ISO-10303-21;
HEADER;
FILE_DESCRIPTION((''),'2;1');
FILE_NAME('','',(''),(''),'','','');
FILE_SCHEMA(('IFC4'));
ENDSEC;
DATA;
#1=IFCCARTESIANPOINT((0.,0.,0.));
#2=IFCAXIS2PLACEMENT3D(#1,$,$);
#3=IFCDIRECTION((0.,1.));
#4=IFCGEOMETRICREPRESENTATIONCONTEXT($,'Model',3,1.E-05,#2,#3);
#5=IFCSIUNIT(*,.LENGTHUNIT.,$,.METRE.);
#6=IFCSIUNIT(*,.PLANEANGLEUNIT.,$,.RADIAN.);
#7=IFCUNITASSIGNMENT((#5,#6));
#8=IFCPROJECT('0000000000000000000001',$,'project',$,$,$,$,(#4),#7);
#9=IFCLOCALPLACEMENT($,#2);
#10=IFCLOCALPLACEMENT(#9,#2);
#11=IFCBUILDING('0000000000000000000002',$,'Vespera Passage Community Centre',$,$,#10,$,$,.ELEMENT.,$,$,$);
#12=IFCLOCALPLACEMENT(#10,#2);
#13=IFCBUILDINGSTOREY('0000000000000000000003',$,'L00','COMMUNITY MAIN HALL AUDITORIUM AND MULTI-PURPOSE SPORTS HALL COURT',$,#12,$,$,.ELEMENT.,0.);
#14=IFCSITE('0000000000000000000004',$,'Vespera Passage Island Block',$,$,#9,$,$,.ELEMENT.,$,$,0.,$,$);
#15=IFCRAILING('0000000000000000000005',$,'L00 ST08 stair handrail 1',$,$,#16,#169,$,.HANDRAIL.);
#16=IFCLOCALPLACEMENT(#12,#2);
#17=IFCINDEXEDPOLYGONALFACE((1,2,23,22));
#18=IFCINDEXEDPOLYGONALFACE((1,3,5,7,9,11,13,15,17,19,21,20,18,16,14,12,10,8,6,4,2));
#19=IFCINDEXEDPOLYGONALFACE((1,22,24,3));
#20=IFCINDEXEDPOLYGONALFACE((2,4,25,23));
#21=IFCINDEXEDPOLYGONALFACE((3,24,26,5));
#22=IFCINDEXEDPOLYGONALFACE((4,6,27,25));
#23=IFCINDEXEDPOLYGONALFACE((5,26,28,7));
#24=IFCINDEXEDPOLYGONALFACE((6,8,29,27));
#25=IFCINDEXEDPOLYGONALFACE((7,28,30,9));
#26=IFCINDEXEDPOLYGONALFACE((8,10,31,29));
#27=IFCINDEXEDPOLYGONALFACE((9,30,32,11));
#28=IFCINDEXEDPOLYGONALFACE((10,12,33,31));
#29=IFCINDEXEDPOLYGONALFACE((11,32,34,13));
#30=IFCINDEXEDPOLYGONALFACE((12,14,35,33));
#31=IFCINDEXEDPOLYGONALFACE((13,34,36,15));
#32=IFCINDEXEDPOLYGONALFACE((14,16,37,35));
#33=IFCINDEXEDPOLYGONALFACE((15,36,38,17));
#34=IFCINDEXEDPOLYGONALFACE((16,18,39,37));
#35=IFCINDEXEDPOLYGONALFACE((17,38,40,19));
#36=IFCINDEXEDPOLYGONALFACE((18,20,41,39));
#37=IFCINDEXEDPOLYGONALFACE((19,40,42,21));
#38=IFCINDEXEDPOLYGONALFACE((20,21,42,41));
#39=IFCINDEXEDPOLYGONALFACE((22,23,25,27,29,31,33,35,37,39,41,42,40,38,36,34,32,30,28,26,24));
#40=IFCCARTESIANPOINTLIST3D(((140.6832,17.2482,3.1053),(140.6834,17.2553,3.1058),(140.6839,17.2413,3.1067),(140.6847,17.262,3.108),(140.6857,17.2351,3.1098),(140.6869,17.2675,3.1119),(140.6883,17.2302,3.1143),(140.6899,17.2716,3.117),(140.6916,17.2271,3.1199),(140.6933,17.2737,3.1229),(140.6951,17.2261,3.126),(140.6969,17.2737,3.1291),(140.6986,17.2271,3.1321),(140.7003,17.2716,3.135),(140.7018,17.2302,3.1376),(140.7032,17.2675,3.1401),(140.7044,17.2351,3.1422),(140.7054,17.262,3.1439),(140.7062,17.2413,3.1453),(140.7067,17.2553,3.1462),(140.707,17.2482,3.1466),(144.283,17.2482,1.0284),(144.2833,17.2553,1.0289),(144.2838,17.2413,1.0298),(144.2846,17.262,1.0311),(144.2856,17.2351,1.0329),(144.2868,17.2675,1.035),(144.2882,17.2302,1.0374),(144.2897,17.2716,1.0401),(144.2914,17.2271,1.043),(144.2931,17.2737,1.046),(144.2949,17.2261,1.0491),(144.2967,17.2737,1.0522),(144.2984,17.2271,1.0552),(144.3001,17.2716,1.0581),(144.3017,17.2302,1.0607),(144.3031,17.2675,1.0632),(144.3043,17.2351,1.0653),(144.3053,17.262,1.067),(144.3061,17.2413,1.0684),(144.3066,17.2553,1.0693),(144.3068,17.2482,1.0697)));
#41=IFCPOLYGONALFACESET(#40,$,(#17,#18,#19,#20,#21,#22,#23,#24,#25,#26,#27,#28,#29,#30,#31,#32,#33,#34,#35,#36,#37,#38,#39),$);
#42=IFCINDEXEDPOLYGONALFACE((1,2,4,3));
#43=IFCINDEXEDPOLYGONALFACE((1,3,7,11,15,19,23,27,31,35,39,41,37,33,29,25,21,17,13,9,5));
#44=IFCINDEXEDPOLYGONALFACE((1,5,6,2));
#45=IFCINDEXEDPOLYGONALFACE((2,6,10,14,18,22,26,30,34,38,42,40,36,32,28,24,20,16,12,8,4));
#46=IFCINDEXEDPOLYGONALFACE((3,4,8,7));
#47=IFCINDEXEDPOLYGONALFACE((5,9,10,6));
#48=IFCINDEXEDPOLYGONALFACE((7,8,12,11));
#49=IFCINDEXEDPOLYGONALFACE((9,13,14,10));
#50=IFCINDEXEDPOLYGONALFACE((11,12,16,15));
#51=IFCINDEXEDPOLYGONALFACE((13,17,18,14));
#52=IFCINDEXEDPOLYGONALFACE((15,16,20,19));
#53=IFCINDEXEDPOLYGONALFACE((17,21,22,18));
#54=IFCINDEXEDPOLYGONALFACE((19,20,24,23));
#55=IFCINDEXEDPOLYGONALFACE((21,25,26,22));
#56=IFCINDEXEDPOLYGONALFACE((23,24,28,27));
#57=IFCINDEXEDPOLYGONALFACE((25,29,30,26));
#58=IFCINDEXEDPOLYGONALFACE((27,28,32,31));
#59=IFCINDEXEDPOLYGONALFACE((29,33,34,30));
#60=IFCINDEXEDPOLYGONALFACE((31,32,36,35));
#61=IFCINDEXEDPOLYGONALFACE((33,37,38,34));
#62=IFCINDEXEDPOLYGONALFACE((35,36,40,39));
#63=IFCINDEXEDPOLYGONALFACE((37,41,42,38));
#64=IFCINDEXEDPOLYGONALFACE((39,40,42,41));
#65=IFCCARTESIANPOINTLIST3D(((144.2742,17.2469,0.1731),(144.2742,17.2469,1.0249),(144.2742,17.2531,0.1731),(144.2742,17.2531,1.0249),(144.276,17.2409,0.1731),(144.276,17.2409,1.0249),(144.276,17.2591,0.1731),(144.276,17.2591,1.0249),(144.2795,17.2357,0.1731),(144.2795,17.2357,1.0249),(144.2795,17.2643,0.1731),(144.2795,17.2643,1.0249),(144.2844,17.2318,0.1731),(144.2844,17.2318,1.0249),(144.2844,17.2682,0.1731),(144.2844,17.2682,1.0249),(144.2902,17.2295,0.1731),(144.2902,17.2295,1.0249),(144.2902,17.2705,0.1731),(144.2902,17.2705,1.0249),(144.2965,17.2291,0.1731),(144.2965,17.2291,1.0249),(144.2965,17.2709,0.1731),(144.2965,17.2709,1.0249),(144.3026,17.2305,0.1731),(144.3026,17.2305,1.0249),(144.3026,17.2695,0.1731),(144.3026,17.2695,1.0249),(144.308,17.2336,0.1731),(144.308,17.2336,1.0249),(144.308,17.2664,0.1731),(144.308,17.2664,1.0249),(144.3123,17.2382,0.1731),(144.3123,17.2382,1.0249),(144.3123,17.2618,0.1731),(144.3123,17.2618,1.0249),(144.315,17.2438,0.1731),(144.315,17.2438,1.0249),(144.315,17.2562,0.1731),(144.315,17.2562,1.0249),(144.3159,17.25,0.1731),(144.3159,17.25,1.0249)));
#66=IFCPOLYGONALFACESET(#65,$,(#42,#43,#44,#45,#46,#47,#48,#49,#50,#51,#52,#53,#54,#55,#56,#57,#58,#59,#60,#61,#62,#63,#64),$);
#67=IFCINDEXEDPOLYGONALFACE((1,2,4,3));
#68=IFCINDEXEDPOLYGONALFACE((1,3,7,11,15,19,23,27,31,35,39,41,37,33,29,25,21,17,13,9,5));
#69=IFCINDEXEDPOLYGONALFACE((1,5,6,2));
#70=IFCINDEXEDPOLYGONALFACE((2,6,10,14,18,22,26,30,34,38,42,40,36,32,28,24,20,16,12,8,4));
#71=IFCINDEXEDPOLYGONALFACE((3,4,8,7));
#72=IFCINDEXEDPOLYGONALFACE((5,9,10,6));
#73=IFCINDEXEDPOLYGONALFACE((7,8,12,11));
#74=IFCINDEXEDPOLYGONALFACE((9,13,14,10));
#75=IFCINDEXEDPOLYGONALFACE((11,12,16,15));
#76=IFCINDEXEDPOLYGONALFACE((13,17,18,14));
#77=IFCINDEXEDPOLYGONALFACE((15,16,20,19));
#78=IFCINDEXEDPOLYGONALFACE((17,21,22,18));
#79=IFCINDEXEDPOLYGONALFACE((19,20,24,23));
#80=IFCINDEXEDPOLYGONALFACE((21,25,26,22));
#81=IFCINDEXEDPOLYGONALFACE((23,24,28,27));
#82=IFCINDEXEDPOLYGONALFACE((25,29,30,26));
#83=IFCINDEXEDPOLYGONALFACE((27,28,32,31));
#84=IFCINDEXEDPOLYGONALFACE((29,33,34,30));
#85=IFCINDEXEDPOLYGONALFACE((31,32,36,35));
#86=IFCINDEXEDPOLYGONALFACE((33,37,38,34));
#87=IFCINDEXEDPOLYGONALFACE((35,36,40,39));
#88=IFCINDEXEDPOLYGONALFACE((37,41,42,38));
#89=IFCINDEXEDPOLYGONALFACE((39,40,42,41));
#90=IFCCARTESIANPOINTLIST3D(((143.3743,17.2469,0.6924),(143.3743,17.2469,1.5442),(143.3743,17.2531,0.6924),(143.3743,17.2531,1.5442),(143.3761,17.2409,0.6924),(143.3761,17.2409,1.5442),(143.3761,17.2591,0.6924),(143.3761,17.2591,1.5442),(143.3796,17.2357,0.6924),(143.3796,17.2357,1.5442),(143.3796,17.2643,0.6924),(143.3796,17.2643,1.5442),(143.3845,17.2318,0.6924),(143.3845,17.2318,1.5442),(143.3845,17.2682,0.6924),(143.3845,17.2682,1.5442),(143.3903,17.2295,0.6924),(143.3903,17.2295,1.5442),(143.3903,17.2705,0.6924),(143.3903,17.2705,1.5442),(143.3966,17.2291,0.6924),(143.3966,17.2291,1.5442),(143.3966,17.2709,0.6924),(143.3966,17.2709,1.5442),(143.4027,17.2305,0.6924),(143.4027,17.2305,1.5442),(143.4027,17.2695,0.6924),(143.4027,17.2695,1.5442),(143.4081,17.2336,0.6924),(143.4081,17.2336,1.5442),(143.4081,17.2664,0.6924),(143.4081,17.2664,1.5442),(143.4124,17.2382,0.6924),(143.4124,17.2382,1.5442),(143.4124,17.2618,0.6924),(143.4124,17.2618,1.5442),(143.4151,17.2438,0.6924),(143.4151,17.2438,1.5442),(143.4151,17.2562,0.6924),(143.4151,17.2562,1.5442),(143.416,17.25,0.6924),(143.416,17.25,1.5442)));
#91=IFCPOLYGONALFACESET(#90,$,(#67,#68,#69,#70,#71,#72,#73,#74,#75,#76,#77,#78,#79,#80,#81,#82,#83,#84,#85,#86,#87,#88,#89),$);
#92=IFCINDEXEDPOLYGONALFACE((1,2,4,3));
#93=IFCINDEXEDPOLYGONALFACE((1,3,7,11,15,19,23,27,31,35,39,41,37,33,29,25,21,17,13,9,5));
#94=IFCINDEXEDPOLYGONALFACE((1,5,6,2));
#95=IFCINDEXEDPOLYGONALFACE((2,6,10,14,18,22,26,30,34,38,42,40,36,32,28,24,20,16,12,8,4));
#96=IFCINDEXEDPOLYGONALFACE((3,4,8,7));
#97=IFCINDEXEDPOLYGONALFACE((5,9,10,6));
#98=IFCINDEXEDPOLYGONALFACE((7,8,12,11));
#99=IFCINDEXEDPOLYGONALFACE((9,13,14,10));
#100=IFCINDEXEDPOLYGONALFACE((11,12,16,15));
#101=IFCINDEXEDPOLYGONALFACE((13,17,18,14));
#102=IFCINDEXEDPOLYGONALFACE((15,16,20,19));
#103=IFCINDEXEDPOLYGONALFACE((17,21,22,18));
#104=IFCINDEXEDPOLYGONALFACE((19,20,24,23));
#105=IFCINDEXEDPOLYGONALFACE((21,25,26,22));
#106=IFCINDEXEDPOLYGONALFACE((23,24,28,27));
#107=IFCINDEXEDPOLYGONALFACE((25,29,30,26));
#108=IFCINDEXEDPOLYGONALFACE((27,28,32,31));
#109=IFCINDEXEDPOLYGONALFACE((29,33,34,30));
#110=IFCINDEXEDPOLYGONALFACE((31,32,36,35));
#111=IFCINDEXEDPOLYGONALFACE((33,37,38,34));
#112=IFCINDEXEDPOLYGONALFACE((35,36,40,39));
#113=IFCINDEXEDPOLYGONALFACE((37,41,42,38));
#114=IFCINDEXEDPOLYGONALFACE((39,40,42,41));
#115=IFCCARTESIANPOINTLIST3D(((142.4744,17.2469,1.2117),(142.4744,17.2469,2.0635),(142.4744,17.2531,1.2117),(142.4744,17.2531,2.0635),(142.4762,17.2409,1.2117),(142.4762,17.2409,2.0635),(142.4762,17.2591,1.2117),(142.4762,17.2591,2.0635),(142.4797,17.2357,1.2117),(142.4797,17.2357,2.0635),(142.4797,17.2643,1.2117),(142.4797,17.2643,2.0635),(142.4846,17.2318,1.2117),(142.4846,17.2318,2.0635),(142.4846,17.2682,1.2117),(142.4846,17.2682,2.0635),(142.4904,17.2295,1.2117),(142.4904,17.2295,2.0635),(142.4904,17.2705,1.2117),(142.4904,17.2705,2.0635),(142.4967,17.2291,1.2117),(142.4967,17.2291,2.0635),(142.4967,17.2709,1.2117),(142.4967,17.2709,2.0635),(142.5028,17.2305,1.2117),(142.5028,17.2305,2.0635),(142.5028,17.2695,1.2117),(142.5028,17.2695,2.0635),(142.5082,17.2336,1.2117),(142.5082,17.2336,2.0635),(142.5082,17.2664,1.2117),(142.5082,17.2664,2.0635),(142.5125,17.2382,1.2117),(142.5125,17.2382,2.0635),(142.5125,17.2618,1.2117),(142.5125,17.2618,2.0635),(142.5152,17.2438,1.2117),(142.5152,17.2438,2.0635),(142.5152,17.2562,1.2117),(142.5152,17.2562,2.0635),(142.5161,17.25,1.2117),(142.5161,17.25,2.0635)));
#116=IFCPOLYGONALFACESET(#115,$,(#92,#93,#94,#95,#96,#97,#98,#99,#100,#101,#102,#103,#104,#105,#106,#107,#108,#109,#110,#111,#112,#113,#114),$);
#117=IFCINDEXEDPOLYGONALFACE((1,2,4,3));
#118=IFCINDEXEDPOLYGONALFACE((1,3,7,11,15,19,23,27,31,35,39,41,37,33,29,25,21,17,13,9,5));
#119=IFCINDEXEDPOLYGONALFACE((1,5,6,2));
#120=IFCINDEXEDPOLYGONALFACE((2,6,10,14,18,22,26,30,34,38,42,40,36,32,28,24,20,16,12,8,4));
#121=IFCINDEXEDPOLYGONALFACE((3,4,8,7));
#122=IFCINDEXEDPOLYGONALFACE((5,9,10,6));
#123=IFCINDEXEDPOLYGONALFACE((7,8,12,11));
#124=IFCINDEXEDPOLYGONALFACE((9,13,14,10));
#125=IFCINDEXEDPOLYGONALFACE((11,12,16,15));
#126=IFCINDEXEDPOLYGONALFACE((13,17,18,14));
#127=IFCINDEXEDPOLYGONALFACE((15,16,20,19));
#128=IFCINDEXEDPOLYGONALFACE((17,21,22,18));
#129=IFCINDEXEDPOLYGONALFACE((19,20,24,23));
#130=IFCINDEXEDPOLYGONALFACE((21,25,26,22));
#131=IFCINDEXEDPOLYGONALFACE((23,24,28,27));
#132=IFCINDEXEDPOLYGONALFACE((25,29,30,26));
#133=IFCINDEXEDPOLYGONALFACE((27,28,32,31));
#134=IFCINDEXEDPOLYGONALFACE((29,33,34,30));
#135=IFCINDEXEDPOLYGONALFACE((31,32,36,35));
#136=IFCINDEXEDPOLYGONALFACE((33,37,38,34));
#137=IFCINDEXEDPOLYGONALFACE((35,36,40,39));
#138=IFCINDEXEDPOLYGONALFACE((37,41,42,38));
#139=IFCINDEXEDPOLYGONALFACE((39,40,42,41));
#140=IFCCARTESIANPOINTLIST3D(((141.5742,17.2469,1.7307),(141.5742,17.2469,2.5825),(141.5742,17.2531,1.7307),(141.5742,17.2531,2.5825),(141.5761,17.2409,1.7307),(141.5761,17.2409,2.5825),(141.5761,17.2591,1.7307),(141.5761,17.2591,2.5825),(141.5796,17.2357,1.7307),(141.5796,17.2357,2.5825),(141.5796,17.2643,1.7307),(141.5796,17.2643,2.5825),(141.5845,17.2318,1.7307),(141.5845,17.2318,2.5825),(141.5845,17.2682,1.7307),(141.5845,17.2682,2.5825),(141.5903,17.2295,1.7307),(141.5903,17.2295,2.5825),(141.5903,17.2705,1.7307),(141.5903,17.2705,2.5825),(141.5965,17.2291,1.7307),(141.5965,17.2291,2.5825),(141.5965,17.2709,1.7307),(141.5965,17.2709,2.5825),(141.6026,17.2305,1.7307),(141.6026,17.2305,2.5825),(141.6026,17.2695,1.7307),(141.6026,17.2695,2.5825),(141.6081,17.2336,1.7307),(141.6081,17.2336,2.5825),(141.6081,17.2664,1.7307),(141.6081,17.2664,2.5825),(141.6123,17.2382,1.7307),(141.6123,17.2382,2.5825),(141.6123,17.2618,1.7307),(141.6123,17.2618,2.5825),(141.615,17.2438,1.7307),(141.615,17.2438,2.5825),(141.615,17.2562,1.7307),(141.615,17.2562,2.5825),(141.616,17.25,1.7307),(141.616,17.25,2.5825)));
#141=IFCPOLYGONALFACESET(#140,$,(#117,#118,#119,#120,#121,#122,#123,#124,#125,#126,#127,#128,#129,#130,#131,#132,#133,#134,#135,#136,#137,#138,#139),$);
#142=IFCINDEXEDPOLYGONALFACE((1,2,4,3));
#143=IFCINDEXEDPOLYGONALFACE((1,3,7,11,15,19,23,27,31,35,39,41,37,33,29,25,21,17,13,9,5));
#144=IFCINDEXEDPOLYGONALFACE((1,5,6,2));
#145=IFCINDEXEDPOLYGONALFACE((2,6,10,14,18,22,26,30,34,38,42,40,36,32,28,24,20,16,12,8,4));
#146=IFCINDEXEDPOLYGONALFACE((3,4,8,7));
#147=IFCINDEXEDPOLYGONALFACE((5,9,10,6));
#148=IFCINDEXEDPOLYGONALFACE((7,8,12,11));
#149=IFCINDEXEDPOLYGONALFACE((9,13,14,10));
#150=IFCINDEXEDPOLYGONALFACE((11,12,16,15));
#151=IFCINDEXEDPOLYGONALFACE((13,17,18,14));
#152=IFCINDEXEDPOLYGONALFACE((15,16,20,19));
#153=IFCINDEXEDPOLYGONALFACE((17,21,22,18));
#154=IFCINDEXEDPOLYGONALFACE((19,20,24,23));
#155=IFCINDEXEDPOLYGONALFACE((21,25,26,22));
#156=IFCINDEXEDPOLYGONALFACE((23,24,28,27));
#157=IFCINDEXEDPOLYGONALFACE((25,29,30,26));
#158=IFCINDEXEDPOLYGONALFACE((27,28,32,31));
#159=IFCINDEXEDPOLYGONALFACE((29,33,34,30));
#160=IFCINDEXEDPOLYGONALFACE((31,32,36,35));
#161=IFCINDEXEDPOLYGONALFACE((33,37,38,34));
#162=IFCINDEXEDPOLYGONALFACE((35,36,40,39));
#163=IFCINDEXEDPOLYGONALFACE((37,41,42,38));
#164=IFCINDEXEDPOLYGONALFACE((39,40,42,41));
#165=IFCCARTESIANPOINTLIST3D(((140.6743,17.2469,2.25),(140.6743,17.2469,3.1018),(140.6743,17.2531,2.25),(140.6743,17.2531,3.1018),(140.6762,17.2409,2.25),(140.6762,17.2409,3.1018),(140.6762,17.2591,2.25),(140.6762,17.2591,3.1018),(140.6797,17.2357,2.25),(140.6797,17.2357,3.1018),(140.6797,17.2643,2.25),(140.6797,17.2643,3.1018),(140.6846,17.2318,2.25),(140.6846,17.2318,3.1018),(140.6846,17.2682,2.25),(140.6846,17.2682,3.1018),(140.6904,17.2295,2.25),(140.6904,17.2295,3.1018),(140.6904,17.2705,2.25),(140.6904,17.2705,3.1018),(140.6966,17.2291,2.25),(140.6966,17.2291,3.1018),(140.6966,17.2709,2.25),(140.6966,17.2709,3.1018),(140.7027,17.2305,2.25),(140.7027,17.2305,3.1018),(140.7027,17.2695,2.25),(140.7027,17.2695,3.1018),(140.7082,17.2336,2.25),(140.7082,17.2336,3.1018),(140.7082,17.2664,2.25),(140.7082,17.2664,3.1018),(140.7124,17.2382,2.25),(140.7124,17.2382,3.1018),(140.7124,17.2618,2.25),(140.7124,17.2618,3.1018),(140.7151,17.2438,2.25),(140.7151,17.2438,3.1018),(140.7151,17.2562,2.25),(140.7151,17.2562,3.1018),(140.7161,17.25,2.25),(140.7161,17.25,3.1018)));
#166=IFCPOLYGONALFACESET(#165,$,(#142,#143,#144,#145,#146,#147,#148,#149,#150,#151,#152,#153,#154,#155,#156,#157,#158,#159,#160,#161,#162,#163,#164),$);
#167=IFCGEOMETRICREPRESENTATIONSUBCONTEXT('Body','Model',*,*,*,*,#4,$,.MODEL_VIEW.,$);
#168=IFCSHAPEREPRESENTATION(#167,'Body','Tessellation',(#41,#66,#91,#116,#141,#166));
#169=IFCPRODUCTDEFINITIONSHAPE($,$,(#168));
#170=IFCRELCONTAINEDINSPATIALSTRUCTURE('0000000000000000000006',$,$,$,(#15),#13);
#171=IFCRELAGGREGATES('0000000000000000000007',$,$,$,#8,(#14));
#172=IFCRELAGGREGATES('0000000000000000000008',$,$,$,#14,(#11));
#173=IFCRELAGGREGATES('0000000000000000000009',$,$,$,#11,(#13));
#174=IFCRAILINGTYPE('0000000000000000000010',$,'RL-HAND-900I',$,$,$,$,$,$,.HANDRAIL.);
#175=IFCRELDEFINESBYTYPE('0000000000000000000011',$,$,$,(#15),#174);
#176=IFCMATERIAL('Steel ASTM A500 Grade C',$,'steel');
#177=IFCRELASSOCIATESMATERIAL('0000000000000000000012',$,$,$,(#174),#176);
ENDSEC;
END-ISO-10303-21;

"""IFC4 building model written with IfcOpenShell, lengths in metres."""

from ifc_helpers import new_model, si_unit, direction, frame, origin, origin_2d, place, context, subcontext, project, spatial, circle, extrude, material, type_object, element, save


model = new_model("IFC4")

# Units and contexts
model_context = context("Model", 3, precision=1e-05, world=origin(), true_north=direction((0.0, 1.0)))
body_context = subcontext(model_context, "Body", "Model", "MODEL_VIEW")
ifc_project = project(units=[si_unit("LENGTHUNIT", "METRE"), si_unit("PLANEANGLEUNIT", "RADIAN")], contexts=[model_context])

# Site, building, storey
site_placement = place(None, origin())
site = spatial("IfcSite", under=ifc_project, at=site_placement, Name="Vespera Passage Island Block", CompositionType="ELEMENT", RefElevation=0.0)
building_placement = place(site_placement, origin())
building = spatial("IfcBuilding", under=site, at=building_placement, Name="Vespera Passage Community Centre", CompositionType="ELEMENT")
storey_placement = place(building_placement, origin())
storey = spatial("IfcBuildingStorey", under=building, at=storey_placement, Name="L00", Description="COMMUNITY MAIN HALL AUDITORIUM AND MULTI-PURPOSE SPORTS HALL COURT", CompositionType="ELEMENT", Elevation=0.0)

# Railing
ifc_material_1 = material(Name="Steel ASTM A500 Grade C", Category="steel")
railing_type_1 = type_object("IfcRailingType", Name="RL-HAND-900I", PredefinedType="HANDRAIL", material=ifc_material_1)
railing_1_placement = place(storey_placement, frame((144.2949, 17.25, 0.1731)))
element("IfcRailing", 1, at=railing_1_placement, inside=storey, type_object=railing_type_1, Name="L00 ST08 stair handrail 1", PredefinedType="HANDRAIL", context=body_context, shape_type="SweptSolid", body=[
    extrude(circle(Radius=0.0239, at=origin_2d()), frame((0.0, 0.0, 0.876), z_axis=(-0.866179, 0.0, 0.499734), x_axis=(0.0, -1.0, 0.0)), (0.0, 0.0, 1.0), 4.156),
    extrude(circle(Radius=0.021, at=origin_2d()), origin(), (0.0, 0.0, 1.0), 0.8518),
    extrude(circle(Radius=0.021, at=origin_2d()), frame((-0.8999, 0.0, 0.5193)), (0.0, 0.0, 1.0), 0.8518),
    extrude(circle(Radius=0.021, at=origin_2d()), frame((-1.7998, 0.0, 1.0386)), (0.0, 0.0, 1.0), 0.8518),
    extrude(circle(Radius=0.021, at=origin_2d()), frame((-2.7, 0.0, 1.5576)), (0.0, 0.0, 1.0), 0.8518),
    extrude(circle(Radius=0.021, at=origin_2d()), frame((-3.5999, 0.0, 2.0769)), (0.0, 0.0, 1.0), 0.8518),
])

save(model, "model.ifc")
